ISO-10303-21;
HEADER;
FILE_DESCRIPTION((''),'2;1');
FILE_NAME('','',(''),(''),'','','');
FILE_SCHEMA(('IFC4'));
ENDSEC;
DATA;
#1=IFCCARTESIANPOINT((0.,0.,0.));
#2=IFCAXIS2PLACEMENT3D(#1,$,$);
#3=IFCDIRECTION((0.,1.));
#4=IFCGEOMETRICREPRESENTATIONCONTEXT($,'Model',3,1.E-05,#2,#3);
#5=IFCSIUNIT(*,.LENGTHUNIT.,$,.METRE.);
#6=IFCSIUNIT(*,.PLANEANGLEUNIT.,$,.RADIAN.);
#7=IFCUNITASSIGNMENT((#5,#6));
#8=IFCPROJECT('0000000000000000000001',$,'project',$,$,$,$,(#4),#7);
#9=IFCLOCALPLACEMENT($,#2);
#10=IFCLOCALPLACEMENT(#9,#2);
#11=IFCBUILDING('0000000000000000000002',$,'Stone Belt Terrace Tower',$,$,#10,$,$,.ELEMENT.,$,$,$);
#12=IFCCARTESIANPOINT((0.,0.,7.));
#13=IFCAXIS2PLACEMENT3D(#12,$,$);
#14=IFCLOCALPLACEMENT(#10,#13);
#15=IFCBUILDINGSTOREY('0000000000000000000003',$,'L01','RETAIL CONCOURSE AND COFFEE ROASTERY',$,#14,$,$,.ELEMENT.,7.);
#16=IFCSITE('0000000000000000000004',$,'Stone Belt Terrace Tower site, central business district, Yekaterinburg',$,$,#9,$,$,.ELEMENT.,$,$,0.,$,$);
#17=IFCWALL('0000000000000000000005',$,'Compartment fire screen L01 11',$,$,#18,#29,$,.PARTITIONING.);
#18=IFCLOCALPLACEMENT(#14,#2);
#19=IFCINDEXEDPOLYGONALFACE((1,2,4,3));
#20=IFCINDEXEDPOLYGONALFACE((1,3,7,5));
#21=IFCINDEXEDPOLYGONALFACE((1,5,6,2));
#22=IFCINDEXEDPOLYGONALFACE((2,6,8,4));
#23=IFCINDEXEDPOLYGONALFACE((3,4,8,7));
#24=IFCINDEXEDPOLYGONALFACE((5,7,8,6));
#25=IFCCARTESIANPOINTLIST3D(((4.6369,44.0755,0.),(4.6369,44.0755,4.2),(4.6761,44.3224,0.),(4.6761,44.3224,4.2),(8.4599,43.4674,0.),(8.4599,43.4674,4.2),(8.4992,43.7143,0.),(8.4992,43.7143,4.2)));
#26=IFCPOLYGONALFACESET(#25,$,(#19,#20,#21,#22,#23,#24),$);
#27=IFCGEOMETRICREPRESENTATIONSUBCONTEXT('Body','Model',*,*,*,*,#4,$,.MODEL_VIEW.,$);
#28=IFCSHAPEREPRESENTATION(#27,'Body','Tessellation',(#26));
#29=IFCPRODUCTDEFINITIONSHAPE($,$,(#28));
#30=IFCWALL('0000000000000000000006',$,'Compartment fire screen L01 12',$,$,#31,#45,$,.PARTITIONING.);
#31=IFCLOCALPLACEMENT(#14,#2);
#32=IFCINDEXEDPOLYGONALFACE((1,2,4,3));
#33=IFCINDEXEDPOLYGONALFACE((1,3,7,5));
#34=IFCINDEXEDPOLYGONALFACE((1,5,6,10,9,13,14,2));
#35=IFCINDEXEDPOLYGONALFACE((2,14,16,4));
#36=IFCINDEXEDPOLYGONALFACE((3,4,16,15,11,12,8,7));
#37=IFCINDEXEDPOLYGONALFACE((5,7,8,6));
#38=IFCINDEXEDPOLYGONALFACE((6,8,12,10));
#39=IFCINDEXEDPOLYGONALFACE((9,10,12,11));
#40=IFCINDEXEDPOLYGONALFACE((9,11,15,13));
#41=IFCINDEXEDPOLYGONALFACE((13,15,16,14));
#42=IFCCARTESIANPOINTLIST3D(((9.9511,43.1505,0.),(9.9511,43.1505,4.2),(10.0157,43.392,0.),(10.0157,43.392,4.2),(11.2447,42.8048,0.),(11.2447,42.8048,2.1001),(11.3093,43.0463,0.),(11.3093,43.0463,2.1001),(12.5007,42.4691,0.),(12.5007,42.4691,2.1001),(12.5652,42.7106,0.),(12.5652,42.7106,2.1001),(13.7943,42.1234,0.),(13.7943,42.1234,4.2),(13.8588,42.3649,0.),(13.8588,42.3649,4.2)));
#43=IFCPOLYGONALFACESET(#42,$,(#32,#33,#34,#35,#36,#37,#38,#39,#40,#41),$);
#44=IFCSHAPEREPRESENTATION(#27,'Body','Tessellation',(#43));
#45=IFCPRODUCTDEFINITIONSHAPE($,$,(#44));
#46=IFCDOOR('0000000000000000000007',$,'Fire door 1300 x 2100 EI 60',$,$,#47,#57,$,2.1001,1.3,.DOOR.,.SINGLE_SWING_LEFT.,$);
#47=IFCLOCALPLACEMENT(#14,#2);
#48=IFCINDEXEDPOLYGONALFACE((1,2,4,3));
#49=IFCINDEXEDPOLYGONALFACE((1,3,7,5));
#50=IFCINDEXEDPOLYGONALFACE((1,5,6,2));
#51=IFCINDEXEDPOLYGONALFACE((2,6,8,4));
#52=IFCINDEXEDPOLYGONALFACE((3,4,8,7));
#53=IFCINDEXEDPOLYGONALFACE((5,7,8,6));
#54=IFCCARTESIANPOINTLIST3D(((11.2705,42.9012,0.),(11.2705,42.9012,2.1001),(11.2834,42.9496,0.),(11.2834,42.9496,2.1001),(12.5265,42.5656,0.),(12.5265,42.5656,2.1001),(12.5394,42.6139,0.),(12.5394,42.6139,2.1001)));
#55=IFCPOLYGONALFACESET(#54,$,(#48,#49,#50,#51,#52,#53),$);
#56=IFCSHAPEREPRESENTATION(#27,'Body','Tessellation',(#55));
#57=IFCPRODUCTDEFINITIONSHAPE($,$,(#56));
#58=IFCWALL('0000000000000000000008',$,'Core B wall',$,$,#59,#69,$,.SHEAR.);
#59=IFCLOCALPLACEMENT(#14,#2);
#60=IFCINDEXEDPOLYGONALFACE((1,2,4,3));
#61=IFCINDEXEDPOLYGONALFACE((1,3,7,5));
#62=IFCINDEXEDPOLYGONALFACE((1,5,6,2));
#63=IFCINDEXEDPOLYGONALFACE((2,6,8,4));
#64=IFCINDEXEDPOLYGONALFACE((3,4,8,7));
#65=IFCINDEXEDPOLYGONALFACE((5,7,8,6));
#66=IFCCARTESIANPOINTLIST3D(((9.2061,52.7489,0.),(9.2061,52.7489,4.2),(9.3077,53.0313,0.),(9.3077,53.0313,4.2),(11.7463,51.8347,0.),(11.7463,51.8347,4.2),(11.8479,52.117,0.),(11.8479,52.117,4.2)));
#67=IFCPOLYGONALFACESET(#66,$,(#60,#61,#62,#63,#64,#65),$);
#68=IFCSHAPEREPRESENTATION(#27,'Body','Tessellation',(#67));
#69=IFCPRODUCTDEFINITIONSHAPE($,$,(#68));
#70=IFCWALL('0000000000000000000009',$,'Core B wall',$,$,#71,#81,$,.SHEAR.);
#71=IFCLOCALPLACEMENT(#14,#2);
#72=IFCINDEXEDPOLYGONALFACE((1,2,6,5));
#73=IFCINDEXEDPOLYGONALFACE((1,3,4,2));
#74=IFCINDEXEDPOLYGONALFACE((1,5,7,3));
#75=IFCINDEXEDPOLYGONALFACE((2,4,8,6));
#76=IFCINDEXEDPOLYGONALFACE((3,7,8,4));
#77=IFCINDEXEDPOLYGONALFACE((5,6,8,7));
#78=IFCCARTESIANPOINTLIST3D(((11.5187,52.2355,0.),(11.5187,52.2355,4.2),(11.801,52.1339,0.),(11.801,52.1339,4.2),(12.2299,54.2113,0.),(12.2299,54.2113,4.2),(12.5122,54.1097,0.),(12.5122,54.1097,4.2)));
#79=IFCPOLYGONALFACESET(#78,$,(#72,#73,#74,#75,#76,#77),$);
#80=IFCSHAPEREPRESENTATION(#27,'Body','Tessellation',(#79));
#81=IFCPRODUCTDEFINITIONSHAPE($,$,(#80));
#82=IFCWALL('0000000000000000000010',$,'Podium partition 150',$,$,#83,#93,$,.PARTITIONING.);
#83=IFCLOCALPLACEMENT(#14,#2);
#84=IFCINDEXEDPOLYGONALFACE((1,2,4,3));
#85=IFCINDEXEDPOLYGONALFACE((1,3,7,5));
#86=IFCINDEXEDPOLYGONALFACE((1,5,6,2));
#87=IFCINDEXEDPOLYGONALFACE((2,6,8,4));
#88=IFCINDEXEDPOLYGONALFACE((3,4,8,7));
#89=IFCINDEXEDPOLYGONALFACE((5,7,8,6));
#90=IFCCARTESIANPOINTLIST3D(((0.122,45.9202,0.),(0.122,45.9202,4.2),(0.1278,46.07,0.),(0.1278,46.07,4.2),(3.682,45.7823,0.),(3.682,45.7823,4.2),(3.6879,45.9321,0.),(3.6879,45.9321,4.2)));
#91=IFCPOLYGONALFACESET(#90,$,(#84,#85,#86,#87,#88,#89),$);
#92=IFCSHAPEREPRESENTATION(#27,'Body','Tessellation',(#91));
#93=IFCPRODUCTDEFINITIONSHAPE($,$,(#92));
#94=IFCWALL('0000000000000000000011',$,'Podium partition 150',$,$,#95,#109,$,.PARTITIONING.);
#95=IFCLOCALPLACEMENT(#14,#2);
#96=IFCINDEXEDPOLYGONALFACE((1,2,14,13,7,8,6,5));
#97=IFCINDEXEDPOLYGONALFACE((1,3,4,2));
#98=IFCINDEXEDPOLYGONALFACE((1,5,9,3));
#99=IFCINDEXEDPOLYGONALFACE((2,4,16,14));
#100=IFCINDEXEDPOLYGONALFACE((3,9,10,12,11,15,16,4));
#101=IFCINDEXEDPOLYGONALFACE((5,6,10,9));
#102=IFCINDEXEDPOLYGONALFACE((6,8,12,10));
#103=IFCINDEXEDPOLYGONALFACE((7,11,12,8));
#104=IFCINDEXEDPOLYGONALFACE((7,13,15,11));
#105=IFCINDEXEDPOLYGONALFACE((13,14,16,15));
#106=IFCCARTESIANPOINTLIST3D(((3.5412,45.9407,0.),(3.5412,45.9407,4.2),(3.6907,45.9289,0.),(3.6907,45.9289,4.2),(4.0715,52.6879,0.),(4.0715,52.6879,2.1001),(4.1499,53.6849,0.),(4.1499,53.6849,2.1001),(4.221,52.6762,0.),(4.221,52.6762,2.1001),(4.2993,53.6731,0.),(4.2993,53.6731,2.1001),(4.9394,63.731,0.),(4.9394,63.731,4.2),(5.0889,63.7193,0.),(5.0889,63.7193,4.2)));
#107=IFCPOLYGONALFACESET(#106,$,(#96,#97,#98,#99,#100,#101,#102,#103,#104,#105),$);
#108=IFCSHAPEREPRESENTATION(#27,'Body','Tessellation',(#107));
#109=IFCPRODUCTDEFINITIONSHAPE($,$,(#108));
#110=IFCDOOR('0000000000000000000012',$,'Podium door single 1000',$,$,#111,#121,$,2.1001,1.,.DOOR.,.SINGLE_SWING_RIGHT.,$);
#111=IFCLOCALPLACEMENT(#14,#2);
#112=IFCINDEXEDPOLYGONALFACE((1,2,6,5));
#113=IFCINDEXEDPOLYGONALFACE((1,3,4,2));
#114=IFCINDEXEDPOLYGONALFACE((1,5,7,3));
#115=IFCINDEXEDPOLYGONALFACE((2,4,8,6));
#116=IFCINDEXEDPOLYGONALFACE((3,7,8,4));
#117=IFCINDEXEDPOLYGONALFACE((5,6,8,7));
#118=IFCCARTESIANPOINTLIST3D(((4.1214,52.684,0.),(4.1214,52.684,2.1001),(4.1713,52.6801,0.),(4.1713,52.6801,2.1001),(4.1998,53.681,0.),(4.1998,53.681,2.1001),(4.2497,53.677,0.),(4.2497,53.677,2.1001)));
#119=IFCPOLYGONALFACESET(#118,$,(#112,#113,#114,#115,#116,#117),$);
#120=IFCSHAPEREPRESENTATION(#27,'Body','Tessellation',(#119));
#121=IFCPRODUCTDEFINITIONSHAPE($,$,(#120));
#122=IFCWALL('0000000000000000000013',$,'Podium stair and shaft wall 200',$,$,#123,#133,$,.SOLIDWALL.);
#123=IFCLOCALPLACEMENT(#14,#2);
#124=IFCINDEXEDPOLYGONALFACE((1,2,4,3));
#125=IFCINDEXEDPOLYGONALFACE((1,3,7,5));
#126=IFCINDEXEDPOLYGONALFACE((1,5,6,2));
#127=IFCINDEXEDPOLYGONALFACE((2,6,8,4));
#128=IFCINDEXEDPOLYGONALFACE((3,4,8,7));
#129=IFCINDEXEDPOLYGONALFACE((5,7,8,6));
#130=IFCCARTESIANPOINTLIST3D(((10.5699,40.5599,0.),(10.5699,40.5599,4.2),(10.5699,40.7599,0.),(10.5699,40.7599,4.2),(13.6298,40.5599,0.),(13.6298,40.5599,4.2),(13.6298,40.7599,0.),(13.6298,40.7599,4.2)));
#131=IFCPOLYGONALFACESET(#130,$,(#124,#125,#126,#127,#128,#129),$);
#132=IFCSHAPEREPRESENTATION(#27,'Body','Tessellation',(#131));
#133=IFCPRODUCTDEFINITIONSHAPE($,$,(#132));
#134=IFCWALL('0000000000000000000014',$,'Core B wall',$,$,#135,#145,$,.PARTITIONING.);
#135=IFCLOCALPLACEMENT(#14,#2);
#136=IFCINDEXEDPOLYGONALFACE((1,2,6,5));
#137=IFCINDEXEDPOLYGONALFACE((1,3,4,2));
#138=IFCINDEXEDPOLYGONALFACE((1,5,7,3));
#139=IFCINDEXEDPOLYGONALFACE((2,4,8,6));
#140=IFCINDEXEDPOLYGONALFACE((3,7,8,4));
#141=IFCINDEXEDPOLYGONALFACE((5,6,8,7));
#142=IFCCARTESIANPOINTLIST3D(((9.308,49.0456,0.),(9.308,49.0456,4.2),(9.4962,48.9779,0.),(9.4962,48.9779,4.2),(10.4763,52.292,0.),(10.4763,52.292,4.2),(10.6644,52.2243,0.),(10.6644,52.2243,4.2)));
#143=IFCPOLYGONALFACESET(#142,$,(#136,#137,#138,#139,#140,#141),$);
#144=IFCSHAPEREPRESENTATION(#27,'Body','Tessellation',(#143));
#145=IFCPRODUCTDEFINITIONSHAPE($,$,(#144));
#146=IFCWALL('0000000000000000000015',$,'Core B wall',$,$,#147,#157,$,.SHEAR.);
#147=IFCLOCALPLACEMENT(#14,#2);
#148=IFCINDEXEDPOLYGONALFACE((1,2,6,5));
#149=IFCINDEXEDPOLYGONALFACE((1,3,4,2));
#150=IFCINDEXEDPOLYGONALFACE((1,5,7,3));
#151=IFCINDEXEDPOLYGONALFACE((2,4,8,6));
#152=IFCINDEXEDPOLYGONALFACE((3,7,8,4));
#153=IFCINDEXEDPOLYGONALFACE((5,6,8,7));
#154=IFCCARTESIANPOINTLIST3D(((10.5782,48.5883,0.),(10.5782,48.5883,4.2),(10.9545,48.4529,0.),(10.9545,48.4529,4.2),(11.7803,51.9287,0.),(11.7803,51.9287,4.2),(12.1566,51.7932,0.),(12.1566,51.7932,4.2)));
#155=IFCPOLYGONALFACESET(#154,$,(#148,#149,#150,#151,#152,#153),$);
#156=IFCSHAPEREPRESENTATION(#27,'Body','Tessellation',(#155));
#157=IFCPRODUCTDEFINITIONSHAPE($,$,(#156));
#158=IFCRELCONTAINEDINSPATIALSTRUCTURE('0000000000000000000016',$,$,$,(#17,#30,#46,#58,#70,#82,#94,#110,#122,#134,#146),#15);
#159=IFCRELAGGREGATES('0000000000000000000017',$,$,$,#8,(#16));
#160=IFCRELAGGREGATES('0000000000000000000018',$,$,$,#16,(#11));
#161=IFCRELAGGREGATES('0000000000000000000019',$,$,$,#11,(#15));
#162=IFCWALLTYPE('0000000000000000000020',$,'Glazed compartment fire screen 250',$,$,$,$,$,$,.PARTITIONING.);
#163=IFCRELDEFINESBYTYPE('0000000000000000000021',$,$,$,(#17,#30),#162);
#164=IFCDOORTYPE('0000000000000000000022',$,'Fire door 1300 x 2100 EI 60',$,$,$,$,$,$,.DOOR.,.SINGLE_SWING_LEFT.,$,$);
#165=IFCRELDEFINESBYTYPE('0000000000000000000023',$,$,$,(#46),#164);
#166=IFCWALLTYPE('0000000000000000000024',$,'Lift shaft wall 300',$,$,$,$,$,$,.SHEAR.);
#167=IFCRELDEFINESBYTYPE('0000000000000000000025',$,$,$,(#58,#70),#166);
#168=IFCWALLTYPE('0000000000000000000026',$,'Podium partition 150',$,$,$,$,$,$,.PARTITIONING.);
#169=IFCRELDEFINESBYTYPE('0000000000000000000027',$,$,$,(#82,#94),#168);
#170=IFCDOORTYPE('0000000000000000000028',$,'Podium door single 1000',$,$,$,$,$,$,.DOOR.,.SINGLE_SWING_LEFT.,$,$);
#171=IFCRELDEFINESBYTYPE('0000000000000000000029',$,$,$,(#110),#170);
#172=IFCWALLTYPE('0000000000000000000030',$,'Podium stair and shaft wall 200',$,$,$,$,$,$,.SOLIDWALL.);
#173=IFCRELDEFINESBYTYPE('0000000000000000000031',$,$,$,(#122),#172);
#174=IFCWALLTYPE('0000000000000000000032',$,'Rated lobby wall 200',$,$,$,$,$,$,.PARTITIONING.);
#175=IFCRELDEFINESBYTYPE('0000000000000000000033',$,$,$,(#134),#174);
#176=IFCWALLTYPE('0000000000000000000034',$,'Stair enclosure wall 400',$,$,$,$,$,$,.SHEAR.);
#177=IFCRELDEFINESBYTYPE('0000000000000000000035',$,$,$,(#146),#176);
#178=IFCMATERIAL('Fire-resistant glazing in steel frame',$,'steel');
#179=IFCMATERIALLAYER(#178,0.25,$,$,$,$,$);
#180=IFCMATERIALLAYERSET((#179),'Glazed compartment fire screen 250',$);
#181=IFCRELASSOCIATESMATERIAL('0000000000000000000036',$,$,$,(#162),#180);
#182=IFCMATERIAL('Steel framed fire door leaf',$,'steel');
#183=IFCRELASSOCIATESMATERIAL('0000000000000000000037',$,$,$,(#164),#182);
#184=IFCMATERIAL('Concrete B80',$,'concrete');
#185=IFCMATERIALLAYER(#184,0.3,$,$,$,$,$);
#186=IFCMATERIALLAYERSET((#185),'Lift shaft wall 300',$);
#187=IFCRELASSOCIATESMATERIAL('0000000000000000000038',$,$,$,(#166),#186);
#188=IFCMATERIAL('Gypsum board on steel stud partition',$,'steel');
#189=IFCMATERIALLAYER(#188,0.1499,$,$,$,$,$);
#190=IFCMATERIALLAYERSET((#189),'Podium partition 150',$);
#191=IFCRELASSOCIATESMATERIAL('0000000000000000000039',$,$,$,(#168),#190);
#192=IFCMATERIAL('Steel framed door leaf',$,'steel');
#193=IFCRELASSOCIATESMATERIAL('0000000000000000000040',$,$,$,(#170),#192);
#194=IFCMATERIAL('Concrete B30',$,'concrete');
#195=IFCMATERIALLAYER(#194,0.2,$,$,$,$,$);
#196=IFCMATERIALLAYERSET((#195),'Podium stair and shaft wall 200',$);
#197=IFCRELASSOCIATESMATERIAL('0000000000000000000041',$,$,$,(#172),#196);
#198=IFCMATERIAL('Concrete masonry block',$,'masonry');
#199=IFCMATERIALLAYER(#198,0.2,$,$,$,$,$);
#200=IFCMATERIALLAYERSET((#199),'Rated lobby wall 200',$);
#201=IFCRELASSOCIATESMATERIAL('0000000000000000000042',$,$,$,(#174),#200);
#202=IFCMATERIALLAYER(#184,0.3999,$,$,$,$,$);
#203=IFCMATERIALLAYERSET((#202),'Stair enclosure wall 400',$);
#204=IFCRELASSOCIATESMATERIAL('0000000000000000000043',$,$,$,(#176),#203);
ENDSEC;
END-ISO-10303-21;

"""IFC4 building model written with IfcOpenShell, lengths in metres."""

from ifc_helpers import new_model, si_unit, direction, frame, frame_2d, origin, place, context, subcontext, project, spatial, rectangle, extrude, material, layer, layer_set, type_object, element, fill, save


model = new_model("IFC4")

# Units and contexts
model_context = context("Model", 3, precision=1e-05, world=origin(), true_north=direction((0.0, 1.0)))
body_context = subcontext(model_context, "Body", "Model", "MODEL_VIEW")
ifc_project = project(units=[si_unit("LENGTHUNIT", "METRE"), si_unit("PLANEANGLEUNIT", "RADIAN")], contexts=[model_context])

# Site, building, storey
site_placement = place(None, origin())
site = spatial("IfcSite", under=ifc_project, at=site_placement, Name="Stone Belt Terrace Tower site, central business district, Yekaterinburg", CompositionType="ELEMENT", RefElevation=0.0)
building_placement = place(site_placement, origin())
building = spatial("IfcBuilding", under=site, at=building_placement, Name="Stone Belt Terrace Tower", CompositionType="ELEMENT")
storey_placement = place(building_placement, frame((0.0, 0.0, 7.0)))
storey = spatial("IfcBuildingStorey", under=building, at=storey_placement, Name="L01", Description="RETAIL CONCOURSE AND COFFEE ROASTERY", CompositionType="ELEMENT", Elevation=7.0)

# Shared definitions
ifc_material_1 = material(Name="Concrete B80", Category="concrete")

# Wall
ifc_material_2 = material(Name="Fire-resistant glazing in steel frame", Category="steel")
ifc_layer_1 = layer(ifc_material_2, 0.25)
ifc_layer_set_1 = layer_set([ifc_layer_1], Name="Glazed compartment fire screen 250")
wall_type_1 = type_object("IfcWallType", Name="Glazed compartment fire screen 250", PredefinedType="PARTITIONING", material=ifc_layer_set_1)
wall_1_placement = place(storey_placement, frame((4.6565, 44.199, 0.0), z_axis=(0.0, 0.0, 1.0), x_axis=(0.987582, -0.157102, 0.0)))
element("IfcWall", 1, at=wall_1_placement, inside=storey, type_object=wall_type_1, Name="Compartment fire screen L01 11", PredefinedType="PARTITIONING", context=body_context, shape_type="SweptSolid", body=[
    extrude(rectangle(XDim=3.8711, YDim=0.25, at=frame_2d((1.9355, 0.0))), origin(), (0.0, 0.0, 1.0), 4.2),
])

# Wall, opening, door
wall_2_placement = place(storey_placement, frame((9.9834, 43.2712, 0.0), z_axis=(0.0, 0.0, 1.0), x_axis=(0.966095, -0.258186, 0.0)))
wall_2 = element("IfcWall", 2, at=wall_2_placement, inside=storey, type_object=wall_type_1, Name="Compartment fire screen L01 12", PredefinedType="PARTITIONING", context=body_context, shape_type="SweptSolid", body=[
    extrude(rectangle(XDim=3.978, YDim=0.25, at=frame_2d((1.989, 0.0))), origin(), (0.0, 0.0, 1.0), 4.2),
])
opening_1_placement = place(wall_2_placement, frame((1.3391, 0.0, 0.0)))
opening_1 = element("IfcOpeningElement", 3, at=opening_1_placement, cuts=wall_2, PredefinedType="OPENING", context=body_context, shape_type="SweptSolid", body=[
    extrude(rectangle(XDim=1.3, YDim=2.1001, at=frame_2d((0.6499, 1.05))), frame((0.0, 0.135, 0.0), z_axis=(0.0, -1.0, 0.0), x_axis=(1.0, 0.0, 0.0)), (0.0, 0.0, 1.0), 0.27),
])
ifc_material_3 = material(Name="Steel framed fire door leaf", Category="steel")
door_type_1 = type_object("IfcDoorType", Name="Fire door 1300 x 2100 EI 60", OperationType="SINGLE_SWING_LEFT", PredefinedType="DOOR", material=ifc_material_3)
door_1_placement = place(opening_1_placement, origin())
door_1 = element("IfcDoor", 4, at=door_1_placement, inside=storey, type_object=door_type_1, Name="Fire door 1300 x 2100 EI 60", OperationType="SINGLE_SWING_LEFT", OverallHeight=2.1001, OverallWidth=1.3, PredefinedType="DOOR", context=body_context, shape_type="SweptSolid", body=[
    extrude(rectangle(XDim=1.3, YDim=2.1001, at=frame_2d((0.6499, 1.05))), frame((0.0, 0.0249, 0.0), z_axis=(0.0, -1.0, 0.0), x_axis=(1.0, 0.0, 0.0)), (0.0, 0.0, 1.0), 0.05),
])
fill(opening_1, door_1)

# Walls
ifc_layer_2 = layer(ifc_material_1, 0.3)
ifc_layer_set_2 = layer_set([ifc_layer_2], Name="Lift shaft wall 300")
wall_type_2 = type_object("IfcWallType", Name="Lift shaft wall 300", PredefinedType="SHEAR", material=ifc_layer_set_2)
wall_3_placement = place(storey_placement, frame((11.7971, 51.9758, 0.0), z_axis=(0.0, 0.0, 1.0), x_axis=(-0.94091, 0.338655, 0.0)))
element("IfcWall", 5, at=wall_3_placement, inside=storey, type_object=wall_type_2, Name="Core B wall", PredefinedType="SHEAR", context=body_context, shape_type="SweptSolid", body=[
    extrude(rectangle(XDim=2.6997, YDim=0.3, at=frame_2d((1.3499, 0.0))), origin(), (0.0, 0.0, 1.0), 4.2),
])
wall_4_placement = place(storey_placement, frame((11.6599, 52.1848, 0.0), z_axis=(0.0, 0.0, 1.0), x_axis=(0.33867, 0.940905, 0.0)))
element("IfcWall", 6, at=wall_4_placement, inside=storey, type_object=wall_type_2, Name="Core B wall", PredefinedType="SHEAR", context=body_context, shape_type="SweptSolid", body=[
    extrude(rectangle(XDim=2.0999, YDim=0.3, at=frame_2d((1.0498, 0.0))), origin(), (0.0, 0.0, 1.0), 4.2),
])
ifc_material_4 = material(Name="Gypsum board on steel stud partition", Category="steel")
ifc_layer_3 = layer(ifc_material_4, 0.1499)
ifc_layer_set_3 = layer_set([ifc_layer_3], Name="Podium partition 150")
wall_type_3 = type_object("IfcWallType", Name="Podium partition 150", PredefinedType="PARTITIONING", material=ifc_layer_set_3)
wall_5_placement = place(storey_placement, frame((0.125, 45.9951, 0.0), z_axis=(0.0, 0.0, 1.0), x_axis=(0.99925, -0.038717, 0.0)))
element("IfcWall", 7, at=wall_5_placement, inside=storey, type_object=wall_type_3, Name="Podium partition 150", PredefinedType="PARTITIONING", context=body_context, shape_type="SweptSolid", body=[
    extrude(rectangle(XDim=3.5627, YDim=0.1499, at=frame_2d((1.7812, 0.0))), origin(), (0.0, 0.0, 1.0), 4.2),
])

# Wall, opening, door
wall_6_placement = place(storey_placement, frame((3.616, 45.9348, 0.0), z_axis=(0.0, 0.0, 1.0), x_axis=(0.078351, 0.996926, 0.0)))
wall_6 = element("IfcWall", 8, at=wall_6_placement, inside=storey, type_object=wall_type_3, Name="Podium partition 150", PredefinedType="PARTITIONING", context=body_context, shape_type="SweptSolid", body=[
    extrude(rectangle(XDim=17.8452, YDim=0.1499, at=frame_2d((8.9226, 0.0))), origin(), (0.0, 0.0, 1.0), 4.2),
])
opening_2_placement = place(wall_6_placement, frame((6.7681, 0.0, 0.0)))
opening_2 = element("IfcOpeningElement", 9, at=opening_2_placement, cuts=wall_6, PredefinedType="OPENING", context=body_context, shape_type="SweptSolid", body=[
    extrude(rectangle(XDim=1.0, YDim=2.1001, at=frame_2d((0.5, 1.05))), frame((0.0, 0.085, 0.0), z_axis=(0.0, -1.0, 0.0), x_axis=(1.0, 0.0, 0.0)), (0.0, 0.0, 1.0), 0.1699),
])
ifc_material_5 = material(Name="Steel framed door leaf", Category="steel")
door_type_2 = type_object("IfcDoorType", Name="Podium door single 1000", OperationType="SINGLE_SWING_LEFT", PredefinedType="DOOR", material=ifc_material_5)
door_2_placement = place(opening_2_placement, origin())
door_2 = element("IfcDoor", 10, at=door_2_placement, inside=storey, type_object=door_type_2, Name="Podium door single 1000", OperationType="SINGLE_SWING_RIGHT", OverallHeight=2.1001, OverallWidth=1.0, PredefinedType="DOOR", context=body_context, shape_type="SweptSolid", body=[
    extrude(rectangle(XDim=1.0, YDim=2.1001, at=frame_2d((0.5, 1.05))), frame((0.0, 0.0249, 0.0), z_axis=(0.0, -1.0, 0.0), x_axis=(1.0, 0.0, 0.0)), (0.0, 0.0, 1.0), 0.05),
])
fill(opening_2, door_2)

# Walls
ifc_material_6 = material(Name="Concrete B30", Category="concrete")
ifc_layer_4 = layer(ifc_material_6, 0.2)
ifc_layer_set_4 = layer_set([ifc_layer_4], Name="Podium stair and shaft wall 200")
wall_type_4 = type_object("IfcWallType", Name="Podium stair and shaft wall 200", PredefinedType="SOLIDWALL", material=ifc_layer_set_4)
wall_7_placement = place(storey_placement, frame((10.5701, 40.6599, 0.0), z_axis=(0.0, 0.0, 1.0), x_axis=(1.0, 0.0, 0.0)))
element("IfcWall", 11, at=wall_7_placement, inside=storey, type_object=wall_type_4, Name="Podium stair and shaft wall 200", PredefinedType="SOLIDWALL", context=body_context, shape_type="SweptSolid", body=[
    extrude(rectangle(XDim=3.0598, YDim=0.2, at=frame_2d((1.5298, 0.0))), origin(), (0.0, 0.0, 1.0), 4.2),
])
ifc_material_7 = material(Name="Concrete masonry block", Category="masonry")
ifc_layer_5 = layer(ifc_material_7, 0.2)
ifc_layer_set_5 = layer_set([ifc_layer_5], Name="Rated lobby wall 200")
wall_type_5 = type_object("IfcWallType", Name="Rated lobby wall 200", PredefinedType="PARTITIONING", material=ifc_layer_set_5)
wall_8_placement = place(storey_placement, frame((9.4021, 49.0117, 0.0), z_axis=(0.0, 0.0, 1.0), x_axis=(0.338599, 0.940931, 0.0)))
element("IfcWall", 12, at=wall_8_placement, inside=storey, type_object=wall_type_5, Name="Core B wall", PredefinedType="PARTITIONING", context=body_context, shape_type="SweptSolid", body=[
    extrude(rectangle(XDim=3.4502, YDim=0.2, at=frame_2d((1.7251, 0.0))), origin(), (0.0, 0.0, 1.0), 4.2),
])
ifc_layer_6 = layer(ifc_material_1, 0.3999)
ifc_layer_set_6 = layer_set([ifc_layer_6], Name="Stair enclosure wall 400")
wall_type_6 = type_object("IfcWallType", Name="Stair enclosure wall 400", PredefinedType="SHEAR", material=ifc_layer_set_6)
wall_9_placement = place(storey_placement, frame((10.7664, 48.5208, 0.0), z_axis=(0.0, 0.0, 1.0), x_axis=(0.338627, 0.940921, 0.0)))
element("IfcWall", 13, at=wall_9_placement, inside=storey, type_object=wall_type_6, Name="Core B wall", PredefinedType="SHEAR", context=body_context, shape_type="SweptSolid", body=[
    extrude(rectangle(XDim=3.55, YDim=0.3999, at=frame_2d((1.7749, 0.0))), origin(), (0.0, 0.0, 1.0), 4.2),
])

save(model, "model.ifc")
